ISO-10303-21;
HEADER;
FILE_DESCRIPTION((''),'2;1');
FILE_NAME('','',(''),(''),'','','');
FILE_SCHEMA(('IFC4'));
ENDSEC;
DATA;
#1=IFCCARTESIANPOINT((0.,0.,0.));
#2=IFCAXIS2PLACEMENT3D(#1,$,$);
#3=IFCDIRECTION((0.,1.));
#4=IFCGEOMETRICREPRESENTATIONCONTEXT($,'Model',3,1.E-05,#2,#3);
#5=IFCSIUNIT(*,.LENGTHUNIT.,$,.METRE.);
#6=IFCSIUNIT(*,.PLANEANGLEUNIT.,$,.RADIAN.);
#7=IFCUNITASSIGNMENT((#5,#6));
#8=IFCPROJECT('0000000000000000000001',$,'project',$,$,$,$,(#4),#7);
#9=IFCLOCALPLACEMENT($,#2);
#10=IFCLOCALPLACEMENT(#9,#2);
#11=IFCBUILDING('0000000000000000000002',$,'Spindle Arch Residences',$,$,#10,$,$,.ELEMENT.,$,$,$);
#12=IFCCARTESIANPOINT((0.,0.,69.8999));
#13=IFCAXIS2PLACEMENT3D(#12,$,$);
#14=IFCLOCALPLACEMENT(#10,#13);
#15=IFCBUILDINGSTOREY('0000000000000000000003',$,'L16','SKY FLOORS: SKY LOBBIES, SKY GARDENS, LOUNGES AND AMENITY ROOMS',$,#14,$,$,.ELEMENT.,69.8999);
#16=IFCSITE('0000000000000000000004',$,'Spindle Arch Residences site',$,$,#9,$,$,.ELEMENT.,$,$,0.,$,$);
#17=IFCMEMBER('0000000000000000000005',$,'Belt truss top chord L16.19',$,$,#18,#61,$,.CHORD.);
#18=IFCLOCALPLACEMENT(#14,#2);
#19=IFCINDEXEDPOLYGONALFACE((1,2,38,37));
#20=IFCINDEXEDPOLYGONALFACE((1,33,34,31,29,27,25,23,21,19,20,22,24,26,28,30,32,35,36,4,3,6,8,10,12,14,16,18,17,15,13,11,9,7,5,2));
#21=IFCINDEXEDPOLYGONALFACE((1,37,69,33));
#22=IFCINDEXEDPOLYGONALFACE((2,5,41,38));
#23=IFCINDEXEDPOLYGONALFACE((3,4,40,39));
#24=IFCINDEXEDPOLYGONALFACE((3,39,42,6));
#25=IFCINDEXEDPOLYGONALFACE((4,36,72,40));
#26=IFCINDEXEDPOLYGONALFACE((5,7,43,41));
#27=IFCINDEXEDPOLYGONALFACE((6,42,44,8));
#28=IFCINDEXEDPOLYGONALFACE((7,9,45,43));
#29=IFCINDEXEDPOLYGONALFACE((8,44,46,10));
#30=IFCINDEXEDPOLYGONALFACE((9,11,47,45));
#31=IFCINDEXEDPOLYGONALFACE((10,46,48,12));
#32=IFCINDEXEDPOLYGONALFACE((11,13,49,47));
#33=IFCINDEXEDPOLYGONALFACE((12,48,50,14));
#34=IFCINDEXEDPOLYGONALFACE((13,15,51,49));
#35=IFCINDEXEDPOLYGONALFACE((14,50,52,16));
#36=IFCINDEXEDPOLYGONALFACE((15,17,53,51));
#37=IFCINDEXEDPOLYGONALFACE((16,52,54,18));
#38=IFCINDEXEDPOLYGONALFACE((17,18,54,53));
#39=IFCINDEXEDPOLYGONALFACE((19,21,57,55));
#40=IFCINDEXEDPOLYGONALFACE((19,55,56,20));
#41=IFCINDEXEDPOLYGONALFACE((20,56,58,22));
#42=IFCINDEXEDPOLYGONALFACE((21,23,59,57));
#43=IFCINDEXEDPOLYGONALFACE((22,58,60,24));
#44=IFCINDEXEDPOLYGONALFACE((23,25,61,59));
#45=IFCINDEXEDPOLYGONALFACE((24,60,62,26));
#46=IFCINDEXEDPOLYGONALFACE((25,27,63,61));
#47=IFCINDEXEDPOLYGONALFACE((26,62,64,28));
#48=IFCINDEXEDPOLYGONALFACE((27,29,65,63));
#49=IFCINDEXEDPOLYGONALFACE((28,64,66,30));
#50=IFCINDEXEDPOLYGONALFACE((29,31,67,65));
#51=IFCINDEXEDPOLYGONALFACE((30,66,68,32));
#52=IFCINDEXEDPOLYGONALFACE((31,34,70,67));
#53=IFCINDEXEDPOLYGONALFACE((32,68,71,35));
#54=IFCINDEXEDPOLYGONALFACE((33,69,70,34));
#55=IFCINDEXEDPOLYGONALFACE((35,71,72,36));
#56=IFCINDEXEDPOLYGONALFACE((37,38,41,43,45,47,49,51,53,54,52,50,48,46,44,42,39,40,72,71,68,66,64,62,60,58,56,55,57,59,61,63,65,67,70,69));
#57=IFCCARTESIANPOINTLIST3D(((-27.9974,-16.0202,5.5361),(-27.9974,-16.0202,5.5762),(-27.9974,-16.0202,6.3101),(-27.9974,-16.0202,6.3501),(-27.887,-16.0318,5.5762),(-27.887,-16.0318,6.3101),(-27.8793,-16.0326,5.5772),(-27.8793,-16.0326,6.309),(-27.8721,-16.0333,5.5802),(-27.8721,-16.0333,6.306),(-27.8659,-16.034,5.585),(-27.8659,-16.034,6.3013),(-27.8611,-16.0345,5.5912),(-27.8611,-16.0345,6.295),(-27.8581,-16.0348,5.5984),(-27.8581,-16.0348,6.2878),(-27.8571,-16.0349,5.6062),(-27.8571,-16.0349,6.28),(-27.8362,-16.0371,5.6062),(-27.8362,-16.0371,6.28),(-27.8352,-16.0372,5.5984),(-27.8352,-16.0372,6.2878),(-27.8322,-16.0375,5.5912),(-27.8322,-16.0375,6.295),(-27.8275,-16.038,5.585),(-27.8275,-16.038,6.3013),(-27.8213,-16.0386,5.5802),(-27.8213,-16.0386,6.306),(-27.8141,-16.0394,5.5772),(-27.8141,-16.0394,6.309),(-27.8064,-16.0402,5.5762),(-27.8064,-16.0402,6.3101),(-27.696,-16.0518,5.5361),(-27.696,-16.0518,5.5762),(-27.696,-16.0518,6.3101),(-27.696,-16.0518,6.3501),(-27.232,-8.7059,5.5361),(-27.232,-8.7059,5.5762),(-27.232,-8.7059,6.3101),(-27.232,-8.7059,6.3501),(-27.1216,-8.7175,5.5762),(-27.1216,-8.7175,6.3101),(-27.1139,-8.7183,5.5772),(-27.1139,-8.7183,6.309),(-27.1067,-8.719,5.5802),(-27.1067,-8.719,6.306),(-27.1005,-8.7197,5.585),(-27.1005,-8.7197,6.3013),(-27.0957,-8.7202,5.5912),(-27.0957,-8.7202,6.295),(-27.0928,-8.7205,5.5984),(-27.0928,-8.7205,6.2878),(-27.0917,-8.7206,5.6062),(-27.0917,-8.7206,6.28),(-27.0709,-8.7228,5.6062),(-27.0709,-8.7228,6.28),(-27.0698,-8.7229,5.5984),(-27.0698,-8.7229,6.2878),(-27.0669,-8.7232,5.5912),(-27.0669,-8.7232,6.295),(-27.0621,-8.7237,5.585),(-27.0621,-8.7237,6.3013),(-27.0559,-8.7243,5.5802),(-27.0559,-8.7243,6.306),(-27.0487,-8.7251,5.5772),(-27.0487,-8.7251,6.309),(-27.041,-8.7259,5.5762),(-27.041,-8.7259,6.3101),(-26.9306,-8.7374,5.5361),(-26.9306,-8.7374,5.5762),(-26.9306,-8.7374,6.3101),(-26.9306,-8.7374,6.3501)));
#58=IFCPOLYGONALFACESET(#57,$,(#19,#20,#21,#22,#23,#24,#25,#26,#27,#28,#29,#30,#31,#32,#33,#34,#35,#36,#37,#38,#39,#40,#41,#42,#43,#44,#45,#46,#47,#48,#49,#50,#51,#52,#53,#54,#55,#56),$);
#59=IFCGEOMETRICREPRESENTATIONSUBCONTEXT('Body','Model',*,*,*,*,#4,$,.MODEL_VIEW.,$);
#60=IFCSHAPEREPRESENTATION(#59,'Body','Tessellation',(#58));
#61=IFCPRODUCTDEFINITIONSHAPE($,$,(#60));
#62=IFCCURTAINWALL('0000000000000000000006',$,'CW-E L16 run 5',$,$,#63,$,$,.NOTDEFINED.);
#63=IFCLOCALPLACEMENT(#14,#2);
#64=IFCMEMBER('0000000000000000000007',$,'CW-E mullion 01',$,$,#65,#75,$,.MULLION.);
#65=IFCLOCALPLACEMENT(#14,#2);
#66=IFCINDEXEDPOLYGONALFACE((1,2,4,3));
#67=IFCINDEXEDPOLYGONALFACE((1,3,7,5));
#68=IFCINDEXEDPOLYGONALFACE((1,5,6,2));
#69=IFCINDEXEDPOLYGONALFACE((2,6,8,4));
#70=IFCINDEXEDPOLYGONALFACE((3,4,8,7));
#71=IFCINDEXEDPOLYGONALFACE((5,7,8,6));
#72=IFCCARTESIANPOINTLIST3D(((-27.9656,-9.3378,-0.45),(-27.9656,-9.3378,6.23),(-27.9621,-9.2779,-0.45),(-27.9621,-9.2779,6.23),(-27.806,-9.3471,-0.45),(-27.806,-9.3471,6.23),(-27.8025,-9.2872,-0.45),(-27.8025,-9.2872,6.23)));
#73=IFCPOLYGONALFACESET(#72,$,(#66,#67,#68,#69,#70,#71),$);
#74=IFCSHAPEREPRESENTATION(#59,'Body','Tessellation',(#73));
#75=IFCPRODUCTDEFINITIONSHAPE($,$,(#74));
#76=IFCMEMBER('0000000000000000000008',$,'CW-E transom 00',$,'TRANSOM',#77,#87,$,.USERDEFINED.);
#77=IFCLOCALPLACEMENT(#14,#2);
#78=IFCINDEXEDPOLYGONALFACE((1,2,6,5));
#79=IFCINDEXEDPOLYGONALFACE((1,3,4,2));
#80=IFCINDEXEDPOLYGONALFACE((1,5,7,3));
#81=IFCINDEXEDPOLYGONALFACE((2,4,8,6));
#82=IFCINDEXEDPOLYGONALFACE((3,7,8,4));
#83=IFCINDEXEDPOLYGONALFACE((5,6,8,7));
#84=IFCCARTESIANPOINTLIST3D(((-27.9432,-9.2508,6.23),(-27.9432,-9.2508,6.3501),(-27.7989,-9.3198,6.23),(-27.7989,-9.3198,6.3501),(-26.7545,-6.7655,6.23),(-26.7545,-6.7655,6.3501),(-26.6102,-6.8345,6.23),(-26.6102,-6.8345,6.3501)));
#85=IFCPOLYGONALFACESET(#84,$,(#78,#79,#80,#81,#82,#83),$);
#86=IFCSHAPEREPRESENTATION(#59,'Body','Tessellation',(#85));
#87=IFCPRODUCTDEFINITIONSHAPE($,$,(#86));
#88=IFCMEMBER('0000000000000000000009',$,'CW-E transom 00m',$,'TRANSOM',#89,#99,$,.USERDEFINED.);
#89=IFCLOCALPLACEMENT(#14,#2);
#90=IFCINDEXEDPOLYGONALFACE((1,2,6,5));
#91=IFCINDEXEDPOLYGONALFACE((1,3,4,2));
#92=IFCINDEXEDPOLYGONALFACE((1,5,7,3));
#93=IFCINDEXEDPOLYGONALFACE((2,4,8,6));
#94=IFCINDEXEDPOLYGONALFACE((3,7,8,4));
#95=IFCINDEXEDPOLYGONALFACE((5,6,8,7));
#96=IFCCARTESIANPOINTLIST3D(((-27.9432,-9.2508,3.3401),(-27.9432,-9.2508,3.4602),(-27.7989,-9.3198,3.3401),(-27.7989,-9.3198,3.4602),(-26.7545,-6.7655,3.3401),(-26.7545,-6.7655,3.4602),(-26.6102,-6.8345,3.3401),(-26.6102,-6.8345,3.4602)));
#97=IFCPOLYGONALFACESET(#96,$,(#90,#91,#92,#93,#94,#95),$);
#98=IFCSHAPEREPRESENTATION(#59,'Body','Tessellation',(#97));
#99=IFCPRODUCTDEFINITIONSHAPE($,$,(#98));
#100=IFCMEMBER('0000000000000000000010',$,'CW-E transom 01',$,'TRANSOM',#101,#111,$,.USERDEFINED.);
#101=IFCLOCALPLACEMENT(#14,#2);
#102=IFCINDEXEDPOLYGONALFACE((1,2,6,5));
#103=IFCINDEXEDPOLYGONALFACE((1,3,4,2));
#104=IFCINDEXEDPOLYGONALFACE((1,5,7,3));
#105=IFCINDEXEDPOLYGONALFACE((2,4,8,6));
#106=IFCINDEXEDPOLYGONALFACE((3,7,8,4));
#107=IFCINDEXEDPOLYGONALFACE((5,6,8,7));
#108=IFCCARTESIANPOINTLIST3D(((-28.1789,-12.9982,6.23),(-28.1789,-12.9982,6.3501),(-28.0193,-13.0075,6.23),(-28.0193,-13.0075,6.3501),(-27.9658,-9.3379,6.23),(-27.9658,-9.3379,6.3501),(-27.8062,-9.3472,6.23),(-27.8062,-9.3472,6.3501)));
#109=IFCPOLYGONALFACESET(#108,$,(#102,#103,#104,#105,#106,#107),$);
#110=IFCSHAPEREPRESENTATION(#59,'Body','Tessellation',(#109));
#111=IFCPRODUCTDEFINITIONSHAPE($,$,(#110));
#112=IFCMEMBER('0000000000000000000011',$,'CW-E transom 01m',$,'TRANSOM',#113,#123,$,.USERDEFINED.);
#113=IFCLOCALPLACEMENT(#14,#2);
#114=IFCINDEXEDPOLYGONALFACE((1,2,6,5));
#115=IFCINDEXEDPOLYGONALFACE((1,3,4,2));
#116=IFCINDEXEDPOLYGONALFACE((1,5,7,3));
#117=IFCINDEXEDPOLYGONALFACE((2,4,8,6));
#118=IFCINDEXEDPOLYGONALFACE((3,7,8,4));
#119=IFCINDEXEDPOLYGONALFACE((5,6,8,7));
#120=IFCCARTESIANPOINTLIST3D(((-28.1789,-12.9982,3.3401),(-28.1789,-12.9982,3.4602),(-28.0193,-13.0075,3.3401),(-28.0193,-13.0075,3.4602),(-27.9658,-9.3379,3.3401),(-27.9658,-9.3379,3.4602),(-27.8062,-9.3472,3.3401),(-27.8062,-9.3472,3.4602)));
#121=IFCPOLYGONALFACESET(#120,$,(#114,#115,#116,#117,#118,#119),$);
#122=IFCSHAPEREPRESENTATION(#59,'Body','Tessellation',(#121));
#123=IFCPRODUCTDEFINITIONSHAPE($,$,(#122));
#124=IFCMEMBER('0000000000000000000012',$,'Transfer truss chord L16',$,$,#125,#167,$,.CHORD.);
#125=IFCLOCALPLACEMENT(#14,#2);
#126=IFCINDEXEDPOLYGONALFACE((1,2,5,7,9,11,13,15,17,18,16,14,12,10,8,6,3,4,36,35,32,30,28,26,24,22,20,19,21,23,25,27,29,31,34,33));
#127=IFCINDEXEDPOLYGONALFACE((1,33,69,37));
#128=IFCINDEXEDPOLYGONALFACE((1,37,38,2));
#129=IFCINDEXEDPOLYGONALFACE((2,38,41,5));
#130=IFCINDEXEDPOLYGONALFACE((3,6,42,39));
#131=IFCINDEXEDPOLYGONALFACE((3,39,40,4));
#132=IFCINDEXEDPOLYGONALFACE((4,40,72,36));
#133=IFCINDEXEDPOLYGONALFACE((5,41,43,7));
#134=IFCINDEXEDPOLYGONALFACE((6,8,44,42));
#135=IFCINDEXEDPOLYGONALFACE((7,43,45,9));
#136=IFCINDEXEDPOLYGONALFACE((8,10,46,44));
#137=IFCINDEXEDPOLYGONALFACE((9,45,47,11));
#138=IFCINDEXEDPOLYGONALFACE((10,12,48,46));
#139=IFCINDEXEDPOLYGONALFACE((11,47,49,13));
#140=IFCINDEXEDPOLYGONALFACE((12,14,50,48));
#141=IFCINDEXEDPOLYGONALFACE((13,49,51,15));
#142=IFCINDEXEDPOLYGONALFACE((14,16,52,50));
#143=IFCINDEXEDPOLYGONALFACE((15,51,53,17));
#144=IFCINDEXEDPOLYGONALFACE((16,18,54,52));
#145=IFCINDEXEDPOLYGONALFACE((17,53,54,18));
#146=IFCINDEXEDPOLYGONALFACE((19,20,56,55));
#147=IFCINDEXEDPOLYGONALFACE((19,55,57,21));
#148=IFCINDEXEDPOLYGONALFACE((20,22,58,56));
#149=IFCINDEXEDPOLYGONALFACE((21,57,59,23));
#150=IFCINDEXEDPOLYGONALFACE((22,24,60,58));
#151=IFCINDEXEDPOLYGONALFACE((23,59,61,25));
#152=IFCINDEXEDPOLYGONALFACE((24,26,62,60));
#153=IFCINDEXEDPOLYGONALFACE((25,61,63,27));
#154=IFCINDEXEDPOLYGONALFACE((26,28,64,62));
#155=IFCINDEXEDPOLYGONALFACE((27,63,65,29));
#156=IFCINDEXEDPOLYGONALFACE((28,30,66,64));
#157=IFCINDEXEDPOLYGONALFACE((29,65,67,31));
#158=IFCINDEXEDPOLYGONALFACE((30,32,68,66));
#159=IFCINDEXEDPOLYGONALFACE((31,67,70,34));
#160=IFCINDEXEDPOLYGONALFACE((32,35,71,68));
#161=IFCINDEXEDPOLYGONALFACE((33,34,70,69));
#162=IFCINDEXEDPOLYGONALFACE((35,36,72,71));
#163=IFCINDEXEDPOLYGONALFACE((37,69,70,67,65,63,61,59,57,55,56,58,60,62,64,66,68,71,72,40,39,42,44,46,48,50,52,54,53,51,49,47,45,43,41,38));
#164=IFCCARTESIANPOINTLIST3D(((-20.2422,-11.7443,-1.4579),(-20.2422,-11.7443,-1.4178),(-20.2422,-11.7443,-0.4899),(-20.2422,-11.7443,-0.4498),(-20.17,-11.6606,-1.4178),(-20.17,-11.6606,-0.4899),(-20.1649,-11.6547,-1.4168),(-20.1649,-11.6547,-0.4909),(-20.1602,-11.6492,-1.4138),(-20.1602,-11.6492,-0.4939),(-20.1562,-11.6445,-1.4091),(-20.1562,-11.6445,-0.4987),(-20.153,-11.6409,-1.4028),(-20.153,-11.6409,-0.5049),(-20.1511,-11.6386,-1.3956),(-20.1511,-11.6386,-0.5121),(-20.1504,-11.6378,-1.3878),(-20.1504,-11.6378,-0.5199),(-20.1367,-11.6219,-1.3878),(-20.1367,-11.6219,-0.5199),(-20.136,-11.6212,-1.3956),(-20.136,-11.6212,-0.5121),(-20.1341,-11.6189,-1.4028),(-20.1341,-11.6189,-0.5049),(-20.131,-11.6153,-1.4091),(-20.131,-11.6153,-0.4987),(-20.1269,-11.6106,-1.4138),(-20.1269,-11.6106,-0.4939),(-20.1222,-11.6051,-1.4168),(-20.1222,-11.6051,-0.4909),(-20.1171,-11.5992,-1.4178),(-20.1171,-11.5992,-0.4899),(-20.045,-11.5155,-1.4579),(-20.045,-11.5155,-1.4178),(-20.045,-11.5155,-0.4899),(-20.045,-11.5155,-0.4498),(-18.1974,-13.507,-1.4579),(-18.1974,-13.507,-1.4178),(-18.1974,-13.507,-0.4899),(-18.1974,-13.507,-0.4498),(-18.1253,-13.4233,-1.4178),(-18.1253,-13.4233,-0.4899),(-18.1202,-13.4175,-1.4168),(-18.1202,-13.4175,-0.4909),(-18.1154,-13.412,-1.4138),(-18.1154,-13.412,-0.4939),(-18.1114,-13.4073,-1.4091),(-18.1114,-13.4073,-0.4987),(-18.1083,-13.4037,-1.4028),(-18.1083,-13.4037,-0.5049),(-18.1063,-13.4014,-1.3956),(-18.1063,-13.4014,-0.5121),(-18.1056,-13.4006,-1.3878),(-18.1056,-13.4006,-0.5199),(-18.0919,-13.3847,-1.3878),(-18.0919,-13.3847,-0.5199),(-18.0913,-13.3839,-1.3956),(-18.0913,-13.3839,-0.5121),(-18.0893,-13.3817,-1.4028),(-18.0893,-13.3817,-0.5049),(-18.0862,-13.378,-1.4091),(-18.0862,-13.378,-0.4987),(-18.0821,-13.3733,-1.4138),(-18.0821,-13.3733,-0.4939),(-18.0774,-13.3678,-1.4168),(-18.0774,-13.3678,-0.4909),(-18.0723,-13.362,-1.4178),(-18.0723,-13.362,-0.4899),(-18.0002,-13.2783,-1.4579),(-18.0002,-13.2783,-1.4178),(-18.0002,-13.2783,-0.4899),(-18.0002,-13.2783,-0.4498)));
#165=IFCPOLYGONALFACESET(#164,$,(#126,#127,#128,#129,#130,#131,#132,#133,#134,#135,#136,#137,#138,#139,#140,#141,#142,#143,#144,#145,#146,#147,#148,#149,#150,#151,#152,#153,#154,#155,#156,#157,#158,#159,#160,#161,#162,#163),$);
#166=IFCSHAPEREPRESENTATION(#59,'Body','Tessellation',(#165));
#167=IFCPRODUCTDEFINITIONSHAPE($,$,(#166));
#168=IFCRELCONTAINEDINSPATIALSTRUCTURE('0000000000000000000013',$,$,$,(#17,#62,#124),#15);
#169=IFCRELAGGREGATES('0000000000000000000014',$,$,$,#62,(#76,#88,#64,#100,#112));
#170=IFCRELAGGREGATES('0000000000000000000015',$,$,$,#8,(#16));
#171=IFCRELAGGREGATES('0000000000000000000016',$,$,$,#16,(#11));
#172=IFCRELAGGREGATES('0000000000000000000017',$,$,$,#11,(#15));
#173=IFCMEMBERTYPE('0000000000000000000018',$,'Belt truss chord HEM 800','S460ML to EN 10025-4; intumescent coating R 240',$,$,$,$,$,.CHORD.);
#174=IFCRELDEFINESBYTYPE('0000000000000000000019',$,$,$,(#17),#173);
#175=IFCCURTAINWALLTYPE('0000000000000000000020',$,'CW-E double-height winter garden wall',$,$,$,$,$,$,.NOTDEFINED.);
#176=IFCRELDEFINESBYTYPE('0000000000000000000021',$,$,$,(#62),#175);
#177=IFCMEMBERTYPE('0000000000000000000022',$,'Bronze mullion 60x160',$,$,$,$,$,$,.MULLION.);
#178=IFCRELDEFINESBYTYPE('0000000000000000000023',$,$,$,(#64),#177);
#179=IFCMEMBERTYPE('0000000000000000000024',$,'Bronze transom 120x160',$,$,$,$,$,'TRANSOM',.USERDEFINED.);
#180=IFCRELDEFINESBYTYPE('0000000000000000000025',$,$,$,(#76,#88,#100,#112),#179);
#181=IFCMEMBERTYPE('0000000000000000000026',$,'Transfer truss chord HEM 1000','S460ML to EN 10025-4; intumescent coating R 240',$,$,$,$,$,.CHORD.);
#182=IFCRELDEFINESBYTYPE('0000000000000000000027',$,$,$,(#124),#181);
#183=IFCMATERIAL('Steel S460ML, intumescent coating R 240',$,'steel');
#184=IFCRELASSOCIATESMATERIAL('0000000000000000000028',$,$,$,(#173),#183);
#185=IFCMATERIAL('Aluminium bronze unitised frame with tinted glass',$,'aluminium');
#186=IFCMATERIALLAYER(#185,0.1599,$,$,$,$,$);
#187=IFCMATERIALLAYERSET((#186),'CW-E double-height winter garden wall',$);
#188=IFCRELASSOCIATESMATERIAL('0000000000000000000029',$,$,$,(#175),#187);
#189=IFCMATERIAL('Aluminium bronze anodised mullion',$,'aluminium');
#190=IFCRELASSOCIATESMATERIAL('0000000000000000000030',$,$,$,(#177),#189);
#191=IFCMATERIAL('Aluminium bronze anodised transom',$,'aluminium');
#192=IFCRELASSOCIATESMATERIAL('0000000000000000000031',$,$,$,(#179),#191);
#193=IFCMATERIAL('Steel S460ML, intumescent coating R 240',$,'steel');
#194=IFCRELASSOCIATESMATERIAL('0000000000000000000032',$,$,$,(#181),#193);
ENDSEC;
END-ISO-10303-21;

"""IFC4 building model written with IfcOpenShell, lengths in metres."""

from ifc_helpers import new_model, si_unit, direction, frame, origin, origin_2d, place, context, subcontext, project, spatial, rectangle, i_section, extrude, material, layer, layer_set, material_profile, profile_set, type_object, element, aggregate, save


model = new_model("IFC4")

# Units and contexts
model_context = context("Model", 3, precision=1e-05, world=origin(), true_north=direction((0.0, 1.0)))
body_context = subcontext(model_context, "Body", "Model", "MODEL_VIEW")
ifc_project = project(units=[si_unit("LENGTHUNIT", "METRE"), si_unit("PLANEANGLEUNIT", "RADIAN")], contexts=[model_context])

# Site, building, storey
site_placement = place(None, origin())
site = spatial("IfcSite", under=ifc_project, at=site_placement, Name="Spindle Arch Residences site", CompositionType="ELEMENT", RefElevation=0.0)
building_placement = place(site_placement, origin())
building = spatial("IfcBuilding", under=site, at=building_placement, Name="Spindle Arch Residences", CompositionType="ELEMENT")
storey_placement = place(building_placement, frame((0.0, 0.0, 69.8999)))
storey = spatial("IfcBuildingStorey", under=building, at=storey_placement, Name="L16", Description="SKY FLOORS: SKY LOBBIES, SKY GARDENS, LOUNGES AND AMENITY ROOMS", CompositionType="ELEMENT", Elevation=69.8999)

# Member
ifc_material_1 = material(Name="Steel S460ML, intumescent coating R 240", Category="steel")
ifc_material_profile_1 = material_profile(ifc_material_1, i_section(OverallWidth=0.303, OverallDepth=0.814, WebThickness=0.021, FlangeThickness=0.04, FilletRadius=0.03, at=origin_2d()), Name="HEM 800")
ifc_profile_set_1 = profile_set([ifc_material_profile_1], Name="Steel S460ML, intumescent coating R 240")
member_type_1 = type_object("IfcMemberType", Name="Belt truss chord HEM 800", Description="S460ML to EN 10025-4; intumescent coating R 240", PredefinedType="CHORD", material=ifc_profile_set_1)
member_1_placement = place(storey_placement, frame((-27.0813, -8.7217, 5.9431), z_axis=(-0.104075, -0.994569, 0.0), x_axis=(0.994569, -0.104075, 0.0)))
element("IfcMember", 1, at=member_1_placement, inside=storey, type_object=member_type_1, Name="Belt truss top chord L16.19", PredefinedType="CHORD", context=body_context, shape_type="SweptSolid", body=[
    extrude(i_section(OverallWidth=0.303, OverallDepth=0.814, WebThickness=0.021, FlangeThickness=0.04, FilletRadius=0.03, at=origin_2d()), origin(), (0.0, 0.0, 1.0), 7.3542),
])

# Curtain wall, members
ifc_material_2 = material(Name="Aluminium bronze unitised frame with tinted glass", Category="aluminium")
ifc_layer_1 = layer(ifc_material_2, 0.1599)
ifc_layer_set_1 = layer_set([ifc_layer_1], Name="CW-E double-height winter garden wall")
curtain_wall_type = type_object("IfcCurtainWallType", Name="CW-E double-height winter garden wall", PredefinedType="NOTDEFINED", material=ifc_layer_set_1)
curtain_wall_placement = place(storey_placement, origin())
curtain_wall = element("IfcCurtainWall", 2, at=curtain_wall_placement, inside=storey, type_object=curtain_wall_type, Name="CW-E L16 run 5", PredefinedType="NOTDEFINED")
ifc_material_3 = material(Name="Aluminium bronze anodised mullion", Category="aluminium")
ifc_material_profile_2 = material_profile(ifc_material_3, rectangle(XDim=0.1599, YDim=0.0601, at=origin_2d()), Name="MU 60x160")
ifc_profile_set_2 = profile_set([ifc_material_profile_2], Name="Aluminium bronze anodised mullion")
member_type_2 = type_object("IfcMemberType", Name="Bronze mullion 60x160", PredefinedType="MULLION", material=ifc_profile_set_2)
member_2_placement = place(storey_placement, frame((-27.884, -9.3125, -0.45), z_axis=(0.0, 0.0, 1.0), x_axis=(0.998308, -0.058145, 0.0)))
member_2 = element("IfcMember", 3, at=member_2_placement, type_object=member_type_2, Name="CW-E mullion 01", PredefinedType="MULLION", context=body_context, shape_type="SweptSolid", body=[
    extrude(rectangle(XDim=0.1599, YDim=0.0601, at=origin_2d()), origin(), (0.0, 0.0, 1.0), 6.6799),
])
ifc_material_4 = material(Name="Aluminium bronze anodised transom", Category="aluminium")
ifc_material_profile_3 = material_profile(ifc_material_4, rectangle(XDim=0.1599, YDim=0.1201, at=origin_2d()), Name="TR 120x160")
ifc_profile_set_3 = profile_set([ifc_material_profile_3], Name="Aluminium bronze anodised transom")
member_type_3 = type_object("IfcMemberType", Name="Bronze transom 120x160", ElementType="TRANSOM", PredefinedType="USERDEFINED", material=ifc_profile_set_3)
member_3_placement = place(storey_placement, frame((-26.6824, -6.8, 6.29), z_axis=(-0.431477, -0.902124, 0.0), x_axis=(0.902124, -0.431477, 0.0)))
member_3 = element("IfcMember", 4, at=member_3_placement, type_object=member_type_3, Name="CW-E transom 00", ObjectType="TRANSOM", PredefinedType="USERDEFINED", context=body_context, shape_type="SweptSolid", body=[
    extrude(rectangle(XDim=0.1599, YDim=0.1201, at=origin_2d()), origin(), (0.0, 0.0, 1.0), 2.7549),
])
member_4_placement = place(storey_placement, frame((-26.6824, -6.8, 3.4001), z_axis=(-0.431477, -0.902124, 0.0), x_axis=(0.902124, -0.431477, 0.0)))
member_4 = element("IfcMember", 5, at=member_4_placement, type_object=member_type_3, Name="CW-E transom 00m", ObjectType="TRANSOM", PredefinedType="USERDEFINED", context=body_context, shape_type="SweptSolid", body=[
    extrude(rectangle(XDim=0.1599, YDim=0.1201, at=origin_2d()), origin(), (0.0, 0.0, 1.0), 2.7549),
])
member_5_placement = place(storey_placement, frame((-27.886, -9.3425, 6.29), z_axis=(-0.058129, -0.998309, 0.0), x_axis=(0.998309, -0.058129, 0.0)))
member_5 = element("IfcMember", 6, at=member_5_placement, type_object=member_type_3, Name="CW-E transom 01", ObjectType="TRANSOM", PredefinedType="USERDEFINED", context=body_context, shape_type="SweptSolid", body=[
    extrude(rectangle(XDim=0.1599, YDim=0.1201, at=origin_2d()), origin(), (0.0, 0.0, 1.0), 3.6665),
])
member_6_placement = place(storey_placement, frame((-27.886, -9.3425, 3.4001), z_axis=(-0.058129, -0.998309, 0.0), x_axis=(0.998309, -0.058129, 0.0)))
member_6 = element("IfcMember", 7, at=member_6_placement, type_object=member_type_3, Name="CW-E transom 01m", ObjectType="TRANSOM", PredefinedType="USERDEFINED", context=body_context, shape_type="SweptSolid", body=[
    extrude(rectangle(XDim=0.1599, YDim=0.1201, at=origin_2d()), origin(), (0.0, 0.0, 1.0), 3.6665),
])

# Member
ifc_material_5 = material(Name="Steel S460ML, intumescent coating R 240", Category="steel")
ifc_material_profile_4 = material_profile(ifc_material_5, i_section(OverallWidth=0.302, OverallDepth=1.0081, WebThickness=0.021, FlangeThickness=0.04, FilletRadius=0.03, at=origin_2d()), Name="HEM 1000")
ifc_profile_set_4 = profile_set([ifc_material_profile_4], Name="Steel S460ML, intumescent coating R 240")
member_type_4 = type_object("IfcMemberType", Name="Transfer truss chord HEM 1000", Description="S460ML to EN 10025-4; intumescent coating R 240", PredefinedType="CHORD", material=ifc_profile_set_4)
for number, where, z_axis, x_axis, name in (
    (8, (-20.1436, -11.6299, -0.9539), (0.757402, -0.652949, 0.0), (0.652949, 0.757402, 0.0), "Transfer truss chord L16"),
):
    element("IfcMember", number, at=place(storey_placement, frame(where, z_axis=z_axis, x_axis=x_axis)), inside=storey, type_object=member_type_4, Name=name, PredefinedType="CHORD", context=body_context, shape_type="SweptSolid", body=[
        extrude(i_section(OverallWidth=0.302, OverallDepth=1.0081, WebThickness=0.021, FlangeThickness=0.04, FilletRadius=0.03, at=origin_2d()), origin(), (0.0, 0.0, 1.0), 2.6997),
    ])

aggregate(curtain_wall, [member_3, member_4, member_2, member_5, member_6])

save(model, "model.ifc")
